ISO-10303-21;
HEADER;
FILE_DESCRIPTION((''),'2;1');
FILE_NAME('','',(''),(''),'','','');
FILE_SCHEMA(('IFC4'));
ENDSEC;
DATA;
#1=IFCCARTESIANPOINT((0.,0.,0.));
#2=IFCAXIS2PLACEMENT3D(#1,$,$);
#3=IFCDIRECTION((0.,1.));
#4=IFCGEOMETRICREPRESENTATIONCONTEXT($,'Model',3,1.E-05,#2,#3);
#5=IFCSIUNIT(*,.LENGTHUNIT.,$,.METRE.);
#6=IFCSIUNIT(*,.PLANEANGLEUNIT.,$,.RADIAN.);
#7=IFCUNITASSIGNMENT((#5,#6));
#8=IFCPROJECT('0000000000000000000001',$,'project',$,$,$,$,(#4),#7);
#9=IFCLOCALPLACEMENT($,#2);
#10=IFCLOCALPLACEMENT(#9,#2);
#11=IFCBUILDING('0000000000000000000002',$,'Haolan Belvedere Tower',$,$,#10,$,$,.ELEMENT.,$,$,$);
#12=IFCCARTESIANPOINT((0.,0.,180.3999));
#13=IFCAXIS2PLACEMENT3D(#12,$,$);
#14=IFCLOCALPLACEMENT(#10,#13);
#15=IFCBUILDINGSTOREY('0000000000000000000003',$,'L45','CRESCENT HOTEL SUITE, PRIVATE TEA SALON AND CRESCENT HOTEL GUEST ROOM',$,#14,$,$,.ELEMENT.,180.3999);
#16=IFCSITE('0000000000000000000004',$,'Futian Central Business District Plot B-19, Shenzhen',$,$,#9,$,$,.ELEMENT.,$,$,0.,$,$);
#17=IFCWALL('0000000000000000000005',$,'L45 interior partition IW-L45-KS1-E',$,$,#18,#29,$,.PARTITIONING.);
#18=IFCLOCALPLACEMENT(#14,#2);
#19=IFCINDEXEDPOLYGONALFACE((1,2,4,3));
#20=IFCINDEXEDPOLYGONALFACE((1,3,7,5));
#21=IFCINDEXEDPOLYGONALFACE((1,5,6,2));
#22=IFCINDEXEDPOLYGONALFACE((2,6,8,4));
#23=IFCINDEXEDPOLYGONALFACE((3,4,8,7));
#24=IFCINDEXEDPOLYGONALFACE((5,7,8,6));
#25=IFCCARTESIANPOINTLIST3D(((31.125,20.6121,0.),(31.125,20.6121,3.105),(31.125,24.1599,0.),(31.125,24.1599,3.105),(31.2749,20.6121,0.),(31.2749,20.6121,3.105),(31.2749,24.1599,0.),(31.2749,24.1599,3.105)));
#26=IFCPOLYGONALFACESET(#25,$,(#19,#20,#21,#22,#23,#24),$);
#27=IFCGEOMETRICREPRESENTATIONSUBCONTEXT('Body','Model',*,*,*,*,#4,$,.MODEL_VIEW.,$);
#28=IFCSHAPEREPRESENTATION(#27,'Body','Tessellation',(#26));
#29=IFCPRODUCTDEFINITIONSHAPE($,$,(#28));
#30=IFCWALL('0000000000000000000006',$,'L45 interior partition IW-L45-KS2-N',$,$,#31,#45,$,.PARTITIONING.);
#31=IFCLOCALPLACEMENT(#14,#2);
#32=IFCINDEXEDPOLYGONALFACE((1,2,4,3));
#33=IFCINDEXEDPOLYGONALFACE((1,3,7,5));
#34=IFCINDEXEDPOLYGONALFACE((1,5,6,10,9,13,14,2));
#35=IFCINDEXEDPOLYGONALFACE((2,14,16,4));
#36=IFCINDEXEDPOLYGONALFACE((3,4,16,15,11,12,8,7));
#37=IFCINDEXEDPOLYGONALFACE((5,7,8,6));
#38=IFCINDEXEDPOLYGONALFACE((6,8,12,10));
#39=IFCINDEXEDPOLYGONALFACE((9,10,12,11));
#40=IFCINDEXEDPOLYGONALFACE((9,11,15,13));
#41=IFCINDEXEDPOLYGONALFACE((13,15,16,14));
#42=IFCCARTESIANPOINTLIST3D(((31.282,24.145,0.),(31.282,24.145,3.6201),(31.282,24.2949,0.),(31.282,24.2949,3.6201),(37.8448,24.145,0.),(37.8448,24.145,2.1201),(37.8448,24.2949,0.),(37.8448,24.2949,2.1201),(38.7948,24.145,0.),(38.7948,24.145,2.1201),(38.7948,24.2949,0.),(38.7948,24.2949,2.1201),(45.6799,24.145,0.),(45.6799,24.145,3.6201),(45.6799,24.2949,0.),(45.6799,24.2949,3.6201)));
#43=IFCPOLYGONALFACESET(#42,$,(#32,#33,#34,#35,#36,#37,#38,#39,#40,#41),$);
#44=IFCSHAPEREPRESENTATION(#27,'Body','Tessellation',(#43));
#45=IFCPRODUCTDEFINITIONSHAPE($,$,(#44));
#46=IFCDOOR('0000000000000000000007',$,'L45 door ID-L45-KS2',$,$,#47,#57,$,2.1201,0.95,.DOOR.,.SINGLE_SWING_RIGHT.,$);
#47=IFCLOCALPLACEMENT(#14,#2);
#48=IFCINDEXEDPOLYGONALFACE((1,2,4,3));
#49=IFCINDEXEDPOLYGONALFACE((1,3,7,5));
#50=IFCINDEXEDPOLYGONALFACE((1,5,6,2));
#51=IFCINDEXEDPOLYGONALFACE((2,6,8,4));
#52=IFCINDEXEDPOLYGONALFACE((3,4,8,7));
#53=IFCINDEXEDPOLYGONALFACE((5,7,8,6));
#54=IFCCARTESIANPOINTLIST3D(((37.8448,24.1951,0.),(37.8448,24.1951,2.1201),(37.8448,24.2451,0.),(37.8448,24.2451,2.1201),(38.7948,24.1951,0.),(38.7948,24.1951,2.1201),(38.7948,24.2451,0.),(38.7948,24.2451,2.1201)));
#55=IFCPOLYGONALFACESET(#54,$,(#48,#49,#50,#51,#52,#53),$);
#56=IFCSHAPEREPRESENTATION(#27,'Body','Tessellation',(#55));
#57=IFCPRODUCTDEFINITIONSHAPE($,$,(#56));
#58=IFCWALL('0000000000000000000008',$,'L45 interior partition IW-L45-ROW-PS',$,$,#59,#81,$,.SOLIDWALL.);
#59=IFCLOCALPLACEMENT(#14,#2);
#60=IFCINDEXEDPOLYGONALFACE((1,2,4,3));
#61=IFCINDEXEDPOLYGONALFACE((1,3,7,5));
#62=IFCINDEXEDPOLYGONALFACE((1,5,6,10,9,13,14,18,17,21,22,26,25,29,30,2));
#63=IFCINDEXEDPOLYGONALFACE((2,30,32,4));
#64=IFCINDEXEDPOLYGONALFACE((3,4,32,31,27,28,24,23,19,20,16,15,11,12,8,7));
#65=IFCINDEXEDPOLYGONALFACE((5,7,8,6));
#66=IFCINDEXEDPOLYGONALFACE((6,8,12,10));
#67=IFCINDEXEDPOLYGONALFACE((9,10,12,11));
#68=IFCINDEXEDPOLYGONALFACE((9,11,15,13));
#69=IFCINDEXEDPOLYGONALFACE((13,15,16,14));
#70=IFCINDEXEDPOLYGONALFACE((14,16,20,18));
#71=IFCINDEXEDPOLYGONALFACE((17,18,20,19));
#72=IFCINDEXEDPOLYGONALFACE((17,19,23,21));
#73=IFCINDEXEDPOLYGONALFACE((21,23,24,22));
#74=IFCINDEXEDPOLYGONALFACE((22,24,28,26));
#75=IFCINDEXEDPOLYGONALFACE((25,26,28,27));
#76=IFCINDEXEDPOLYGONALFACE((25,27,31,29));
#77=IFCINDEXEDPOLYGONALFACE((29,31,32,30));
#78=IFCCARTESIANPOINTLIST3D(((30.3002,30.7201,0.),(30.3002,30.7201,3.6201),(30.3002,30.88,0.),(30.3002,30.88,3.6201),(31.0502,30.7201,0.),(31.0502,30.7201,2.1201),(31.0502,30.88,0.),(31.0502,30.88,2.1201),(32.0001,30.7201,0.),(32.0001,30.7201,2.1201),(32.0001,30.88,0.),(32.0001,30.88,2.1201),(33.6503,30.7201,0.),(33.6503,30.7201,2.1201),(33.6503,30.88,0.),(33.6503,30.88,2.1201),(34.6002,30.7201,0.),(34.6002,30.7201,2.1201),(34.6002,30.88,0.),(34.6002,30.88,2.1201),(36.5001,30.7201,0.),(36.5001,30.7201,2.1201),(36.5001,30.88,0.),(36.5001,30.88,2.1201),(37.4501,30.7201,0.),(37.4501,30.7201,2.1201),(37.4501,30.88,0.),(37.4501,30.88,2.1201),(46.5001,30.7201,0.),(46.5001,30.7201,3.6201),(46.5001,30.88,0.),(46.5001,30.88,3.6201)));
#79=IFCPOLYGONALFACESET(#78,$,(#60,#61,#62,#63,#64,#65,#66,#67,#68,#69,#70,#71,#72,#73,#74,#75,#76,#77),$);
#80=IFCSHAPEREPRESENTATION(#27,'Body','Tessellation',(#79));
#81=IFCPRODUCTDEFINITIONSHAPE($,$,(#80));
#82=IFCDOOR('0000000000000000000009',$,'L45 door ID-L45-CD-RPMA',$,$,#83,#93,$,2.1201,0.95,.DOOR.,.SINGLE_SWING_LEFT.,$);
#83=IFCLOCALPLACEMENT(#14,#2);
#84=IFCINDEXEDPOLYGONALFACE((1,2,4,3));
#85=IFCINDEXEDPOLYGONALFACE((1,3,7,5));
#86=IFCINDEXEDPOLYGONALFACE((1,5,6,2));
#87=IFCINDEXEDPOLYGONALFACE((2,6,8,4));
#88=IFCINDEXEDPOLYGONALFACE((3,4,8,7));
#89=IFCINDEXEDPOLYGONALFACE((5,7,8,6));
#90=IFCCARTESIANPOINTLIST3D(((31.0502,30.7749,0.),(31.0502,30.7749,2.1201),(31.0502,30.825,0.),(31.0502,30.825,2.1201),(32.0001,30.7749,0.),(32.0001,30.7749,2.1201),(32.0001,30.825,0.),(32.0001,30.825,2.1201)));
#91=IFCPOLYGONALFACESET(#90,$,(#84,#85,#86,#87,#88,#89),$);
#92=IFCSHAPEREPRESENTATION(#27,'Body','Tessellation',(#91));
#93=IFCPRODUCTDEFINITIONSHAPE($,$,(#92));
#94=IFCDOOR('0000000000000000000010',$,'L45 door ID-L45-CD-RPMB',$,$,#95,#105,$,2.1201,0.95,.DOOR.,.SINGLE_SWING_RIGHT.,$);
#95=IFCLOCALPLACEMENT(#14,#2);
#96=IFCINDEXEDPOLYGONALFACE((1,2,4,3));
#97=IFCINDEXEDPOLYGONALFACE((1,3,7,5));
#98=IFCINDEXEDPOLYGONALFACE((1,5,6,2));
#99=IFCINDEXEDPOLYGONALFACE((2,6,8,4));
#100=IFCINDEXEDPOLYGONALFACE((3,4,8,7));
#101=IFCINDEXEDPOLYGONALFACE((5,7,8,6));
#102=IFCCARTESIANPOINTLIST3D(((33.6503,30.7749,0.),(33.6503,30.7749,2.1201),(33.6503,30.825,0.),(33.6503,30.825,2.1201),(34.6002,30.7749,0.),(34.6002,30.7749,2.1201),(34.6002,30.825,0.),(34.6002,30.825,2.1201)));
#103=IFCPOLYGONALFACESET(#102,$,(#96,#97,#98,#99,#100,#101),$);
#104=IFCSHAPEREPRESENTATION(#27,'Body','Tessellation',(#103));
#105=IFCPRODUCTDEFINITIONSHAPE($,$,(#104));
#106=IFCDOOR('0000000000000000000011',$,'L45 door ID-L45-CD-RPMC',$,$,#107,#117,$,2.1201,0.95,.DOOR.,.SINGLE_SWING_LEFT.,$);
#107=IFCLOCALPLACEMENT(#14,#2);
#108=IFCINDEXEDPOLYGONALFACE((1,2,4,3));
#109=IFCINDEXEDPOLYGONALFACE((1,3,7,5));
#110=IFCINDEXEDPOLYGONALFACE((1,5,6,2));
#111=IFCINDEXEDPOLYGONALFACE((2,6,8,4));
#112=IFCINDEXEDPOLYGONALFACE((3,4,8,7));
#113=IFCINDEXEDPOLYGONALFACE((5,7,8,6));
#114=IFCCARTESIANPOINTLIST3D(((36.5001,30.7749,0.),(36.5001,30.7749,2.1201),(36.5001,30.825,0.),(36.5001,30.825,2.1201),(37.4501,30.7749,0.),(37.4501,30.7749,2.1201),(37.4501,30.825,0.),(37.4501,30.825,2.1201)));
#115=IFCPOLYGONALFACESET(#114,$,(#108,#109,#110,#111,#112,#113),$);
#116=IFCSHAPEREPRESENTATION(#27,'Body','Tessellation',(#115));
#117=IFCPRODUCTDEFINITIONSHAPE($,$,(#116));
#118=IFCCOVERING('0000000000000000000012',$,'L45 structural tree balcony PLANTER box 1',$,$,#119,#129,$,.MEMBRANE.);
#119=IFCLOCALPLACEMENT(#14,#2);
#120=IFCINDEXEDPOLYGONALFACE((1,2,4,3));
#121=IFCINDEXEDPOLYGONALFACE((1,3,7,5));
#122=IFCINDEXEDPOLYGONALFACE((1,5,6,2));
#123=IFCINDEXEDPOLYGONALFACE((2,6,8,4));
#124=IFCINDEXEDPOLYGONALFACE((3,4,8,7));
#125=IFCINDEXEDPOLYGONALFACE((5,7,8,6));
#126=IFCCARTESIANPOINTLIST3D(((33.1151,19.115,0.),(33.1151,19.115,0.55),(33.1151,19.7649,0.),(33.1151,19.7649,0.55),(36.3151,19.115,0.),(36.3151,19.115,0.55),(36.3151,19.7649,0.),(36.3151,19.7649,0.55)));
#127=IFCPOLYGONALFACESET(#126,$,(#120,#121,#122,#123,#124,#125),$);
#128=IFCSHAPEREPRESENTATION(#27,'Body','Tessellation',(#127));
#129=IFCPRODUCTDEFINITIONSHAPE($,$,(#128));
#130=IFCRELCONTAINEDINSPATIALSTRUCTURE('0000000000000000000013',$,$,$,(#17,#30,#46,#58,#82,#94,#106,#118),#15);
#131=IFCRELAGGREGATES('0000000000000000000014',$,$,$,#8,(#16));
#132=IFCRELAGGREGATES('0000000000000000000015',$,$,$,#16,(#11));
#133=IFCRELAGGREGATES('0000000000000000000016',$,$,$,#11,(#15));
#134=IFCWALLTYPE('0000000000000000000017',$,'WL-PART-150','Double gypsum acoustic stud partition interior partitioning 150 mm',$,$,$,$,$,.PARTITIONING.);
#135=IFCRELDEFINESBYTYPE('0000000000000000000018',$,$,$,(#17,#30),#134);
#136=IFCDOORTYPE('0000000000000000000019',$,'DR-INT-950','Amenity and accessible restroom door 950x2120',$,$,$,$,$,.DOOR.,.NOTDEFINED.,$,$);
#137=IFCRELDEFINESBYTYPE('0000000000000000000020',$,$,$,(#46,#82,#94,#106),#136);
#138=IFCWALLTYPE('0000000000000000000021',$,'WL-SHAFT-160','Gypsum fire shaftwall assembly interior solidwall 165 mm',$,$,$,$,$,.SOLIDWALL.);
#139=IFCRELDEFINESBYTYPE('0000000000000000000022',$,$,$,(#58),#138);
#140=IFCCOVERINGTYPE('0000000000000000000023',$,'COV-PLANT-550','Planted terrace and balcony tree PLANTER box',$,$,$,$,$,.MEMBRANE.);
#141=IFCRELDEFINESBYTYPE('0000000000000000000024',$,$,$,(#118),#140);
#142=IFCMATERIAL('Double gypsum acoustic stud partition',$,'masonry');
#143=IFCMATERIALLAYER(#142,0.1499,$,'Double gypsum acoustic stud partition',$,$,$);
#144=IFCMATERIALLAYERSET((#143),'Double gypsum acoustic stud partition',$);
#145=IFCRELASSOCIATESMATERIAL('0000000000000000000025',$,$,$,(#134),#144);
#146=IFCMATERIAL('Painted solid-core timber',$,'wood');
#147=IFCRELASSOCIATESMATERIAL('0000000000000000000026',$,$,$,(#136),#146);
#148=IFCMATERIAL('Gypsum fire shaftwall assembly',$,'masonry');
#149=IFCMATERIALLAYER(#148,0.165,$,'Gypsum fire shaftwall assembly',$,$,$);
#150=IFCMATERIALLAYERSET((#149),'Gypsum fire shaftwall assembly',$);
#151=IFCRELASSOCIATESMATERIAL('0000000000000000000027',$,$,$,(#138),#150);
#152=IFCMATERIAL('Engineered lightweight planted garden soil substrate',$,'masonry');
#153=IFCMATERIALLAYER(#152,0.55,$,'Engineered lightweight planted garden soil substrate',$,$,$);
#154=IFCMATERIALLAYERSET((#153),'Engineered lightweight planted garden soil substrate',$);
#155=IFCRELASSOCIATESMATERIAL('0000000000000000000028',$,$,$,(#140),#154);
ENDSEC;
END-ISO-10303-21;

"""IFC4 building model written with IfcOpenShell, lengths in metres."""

from ifc_helpers import new_model, si_unit, direction, frame, frame_2d, origin, origin_2d, place, context, subcontext, project, spatial, rectangle, extrude, material, layer, layer_set, type_object, element, fill, save


model = new_model("IFC4")

# Units and contexts
model_context = context("Model", 3, precision=1e-05, world=origin(), true_north=direction((0.0, 1.0)))
body_context = subcontext(model_context, "Body", "Model", "MODEL_VIEW")
ifc_project = project(units=[si_unit("LENGTHUNIT", "METRE"), si_unit("PLANEANGLEUNIT", "RADIAN")], contexts=[model_context])

# Site, building, storey
site_placement = place(None, origin())
site = spatial("IfcSite", under=ifc_project, at=site_placement, Name="Futian Central Business District Plot B-19, Shenzhen", CompositionType="ELEMENT", RefElevation=0.0)
building_placement = place(site_placement, origin())
building = spatial("IfcBuilding", under=site, at=building_placement, Name="Haolan Belvedere Tower", CompositionType="ELEMENT")
storey_placement = place(building_placement, frame((0.0, 0.0, 180.3999)))
storey = spatial("IfcBuildingStorey", under=building, at=storey_placement, Name="L45", Description="CRESCENT HOTEL SUITE, PRIVATE TEA SALON AND CRESCENT HOTEL GUEST ROOM", CompositionType="ELEMENT", Elevation=180.3999)

# Wall
ifc_material_1 = material(Name="Double gypsum acoustic stud partition", Category="masonry")
ifc_layer_1 = layer(ifc_material_1, 0.1499, Name="Double gypsum acoustic stud partition")
ifc_layer_set_1 = layer_set([ifc_layer_1], Name="Double gypsum acoustic stud partition")
wall_type_1 = type_object("IfcWallType", Name="WL-PART-150", Description="Double gypsum acoustic stud partition interior partitioning 150 mm", PredefinedType="PARTITIONING", material=ifc_layer_set_1)
wall_1_placement = place(storey_placement, frame((31.2, 20.6121, 0.0), z_axis=(0.0, 0.0, 1.0), x_axis=(0.0, 1.0, 0.0)))
element("IfcWall", 1, at=wall_1_placement, inside=storey, type_object=wall_type_1, Name="L45 interior partition IW-L45-KS1-E", PredefinedType="PARTITIONING", context=body_context, shape_type="SweptSolid", body=[
    extrude(rectangle(XDim=3.5479, YDim=0.1499, at=frame_2d((1.7739, 0.0))), origin(), (0.0, 0.0, 1.0), 3.105),
])

# Wall, opening, door
wall_2_placement = place(storey_placement, frame((31.282, 24.22, 0.0), z_axis=(0.0, 0.0, 1.0), x_axis=(1.0, 0.0, 0.0)))
wall_2 = element("IfcWall", 2, at=wall_2_placement, inside=storey, type_object=wall_type_1, Name="L45 interior partition IW-L45-KS2-N", PredefinedType="PARTITIONING", context=body_context, shape_type="SweptSolid", body=[
    extrude(rectangle(XDim=14.3979, YDim=0.1499, at=frame_2d((7.199, 0.0))), origin(), (0.0, 0.0, 1.0), 3.6201),
])
opening_1_placement = place(wall_2_placement, frame((7.5129, 0.0, 0.0), z_axis=(0.0, 0.0, 1.0), x_axis=(-1.0, 0.0, 0.0)))
opening_1 = element("IfcOpeningElement", 3, at=opening_1_placement, cuts=wall_2, PredefinedType="OPENING", context=body_context, shape_type="SweptSolid", body=[
    extrude(rectangle(XDim=0.95, YDim=2.1201, at=frame_2d((0.4751, 1.0601))), frame((0.0, 0.085, 0.0), z_axis=(0.0, -1.0, 0.0), x_axis=(1.0, 0.0, 0.0)), (0.0, 0.0, 1.0), 0.1699),
])
ifc_material_2 = material(Name="Painted solid-core timber", Category="wood")
door_type = type_object("IfcDoorType", Name="DR-INT-950", Description="Amenity and accessible restroom door 950x2120", OperationType="NOTDEFINED", PredefinedType="DOOR", material=ifc_material_2)
door_1_placement = place(opening_1_placement, origin())
door_1 = element("IfcDoor", 4, at=door_1_placement, inside=storey, type_object=door_type, Name="L45 door ID-L45-KS2", OperationType="SINGLE_SWING_RIGHT", OverallHeight=2.1201, OverallWidth=0.95, PredefinedType="DOOR", context=body_context, shape_type="SweptSolid", body=[
    extrude(rectangle(XDim=0.95, YDim=2.1201, at=frame_2d((0.4751, 1.0601))), frame((0.0, 0.0249, 0.0), z_axis=(0.0, -1.0, 0.0), x_axis=(1.0, 0.0, 0.0)), (0.0, 0.0, 1.0), 0.05),
])
fill(opening_1, door_1)
ifc_material_3 = material(Name="Gypsum fire shaftwall assembly", Category="masonry")
ifc_layer_2 = layer(ifc_material_3, 0.165, Name="Gypsum fire shaftwall assembly")
ifc_layer_set_2 = layer_set([ifc_layer_2], Name="Gypsum fire shaftwall assembly")
wall_type_2 = type_object("IfcWallType", Name="WL-SHAFT-160", Description="Gypsum fire shaftwall assembly interior solidwall 165 mm", PredefinedType="SOLIDWALL", material=ifc_layer_set_2)

# Wall, openings, doors
wall_3_placement = place(storey_placement, frame((30.3, 30.8, 0.0), z_axis=(0.0, 0.0, 1.0), x_axis=(1.0, 0.0, 0.0)))
wall_3 = element("IfcWall", 5, at=wall_3_placement, inside=storey, type_object=wall_type_2, Name="L45 interior partition IW-L45-ROW-PS", PredefinedType="SOLIDWALL", context=body_context, shape_type="SweptSolid", body=[
    extrude(rectangle(XDim=16.2, YDim=0.1599, at=frame_2d((8.1001, 0.0))), origin(), (0.0, 0.0, 1.0), 3.6201),
])
opening_2_placement = place(wall_3_placement, frame((0.75, 0.0, 0.0)))
opening_2 = element("IfcOpeningElement", 6, at=opening_2_placement, cuts=wall_3, PredefinedType="OPENING", context=body_context, shape_type="SweptSolid", body=[
    extrude(rectangle(XDim=0.95, YDim=2.1201, at=frame_2d((0.4751, 1.0601))), frame((0.0, 0.0898, 0.0), z_axis=(0.0, -1.0, 0.0), x_axis=(1.0, 0.0, 0.0)), (0.0, 0.0, 1.0), 0.1799),
])
opening_3_placement = place(wall_3_placement, frame((3.3501, 0.0, 0.0)))
opening_3 = element("IfcOpeningElement", 7, at=opening_3_placement, cuts=wall_3, PredefinedType="OPENING", context=body_context, shape_type="SweptSolid", body=[
    extrude(rectangle(XDim=0.95, YDim=2.1201, at=frame_2d((0.4751, 1.0601))), frame((0.0, 0.0898, 0.0), z_axis=(0.0, -1.0, 0.0), x_axis=(1.0, 0.0, 0.0)), (0.0, 0.0, 1.0), 0.1799),
])
opening_4_placement = place(wall_3_placement, frame((6.2, 0.0, 0.0)))
opening_4 = element("IfcOpeningElement", 8, at=opening_4_placement, cuts=wall_3, PredefinedType="OPENING", context=body_context, shape_type="SweptSolid", body=[
    extrude(rectangle(XDim=0.95, YDim=2.1201, at=frame_2d((0.4751, 1.0601))), frame((0.0, 0.0898, 0.0), z_axis=(0.0, -1.0, 0.0), x_axis=(1.0, 0.0, 0.0)), (0.0, 0.0, 1.0), 0.1799),
])
door_2_placement = place(opening_2_placement, origin())
door_2 = element("IfcDoor", 9, at=door_2_placement, inside=storey, type_object=door_type, Name="L45 door ID-L45-CD-RPMA", OperationType="SINGLE_SWING_LEFT", OverallHeight=2.1201, OverallWidth=0.95, PredefinedType="DOOR", context=body_context, shape_type="SweptSolid", body=[
    extrude(rectangle(XDim=0.95, YDim=2.1201, at=frame_2d((0.4751, 1.0601))), frame((0.0, 0.0249, 0.0), z_axis=(0.0, -1.0, 0.0), x_axis=(1.0, 0.0, 0.0)), (0.0, 0.0, 1.0), 0.05),
])
fill(opening_2, door_2)
door_3_placement = place(opening_3_placement, origin())
door_3 = element("IfcDoor", 10, at=door_3_placement, inside=storey, type_object=door_type, Name="L45 door ID-L45-CD-RPMB", OperationType="SINGLE_SWING_RIGHT", OverallHeight=2.1201, OverallWidth=0.95, PredefinedType="DOOR", context=body_context, shape_type="SweptSolid", body=[
    extrude(rectangle(XDim=0.95, YDim=2.1201, at=frame_2d((0.4751, 1.0601))), frame((0.0, 0.0249, 0.0), z_axis=(0.0, -1.0, 0.0), x_axis=(1.0, 0.0, 0.0)), (0.0, 0.0, 1.0), 0.05),
])
fill(opening_3, door_3)
door_4_placement = place(opening_4_placement, origin())
door_4 = element("IfcDoor", 11, at=door_4_placement, inside=storey, type_object=door_type, Name="L45 door ID-L45-CD-RPMC", OperationType="SINGLE_SWING_LEFT", OverallHeight=2.1201, OverallWidth=0.95, PredefinedType="DOOR", context=body_context, shape_type="SweptSolid", body=[
    extrude(rectangle(XDim=0.95, YDim=2.1201, at=frame_2d((0.4751, 1.0601))), frame((0.0, 0.0249, 0.0), z_axis=(0.0, -1.0, 0.0), x_axis=(1.0, 0.0, 0.0)), (0.0, 0.0, 1.0), 0.05),
])
fill(opening_4, door_4)

# Covering
ifc_material_4 = material(Name="Engineered lightweight planted garden soil substrate", Category="masonry")
ifc_layer_3 = layer(ifc_material_4, 0.55, Name="Engineered lightweight planted garden soil substrate")
ifc_layer_set_3 = layer_set([ifc_layer_3], Name="Engineered lightweight planted garden soil substrate")
covering_type = type_object("IfcCoveringType", Name="COV-PLANT-550", Description="Planted terrace and balcony tree PLANTER box", PredefinedType="MEMBRANE", material=ifc_layer_set_3)
covering_placement = place(storey_placement, frame((34.7151, 19.4399, 0.0), z_axis=(0.0, 0.0, 1.0), x_axis=(1.0, 0.0, 0.0)))
element("IfcCovering", 12, at=covering_placement, inside=storey, type_object=covering_type, Name="L45 structural tree balcony PLANTER box 1", PredefinedType="MEMBRANE", context=body_context, shape_type="SweptSolid", body=[
    extrude(rectangle(XDim=3.2, YDim=0.6499, at=origin_2d()), origin(), (0.0, 0.0, 1.0), 0.55),
])

save(model, "model.ifc")
